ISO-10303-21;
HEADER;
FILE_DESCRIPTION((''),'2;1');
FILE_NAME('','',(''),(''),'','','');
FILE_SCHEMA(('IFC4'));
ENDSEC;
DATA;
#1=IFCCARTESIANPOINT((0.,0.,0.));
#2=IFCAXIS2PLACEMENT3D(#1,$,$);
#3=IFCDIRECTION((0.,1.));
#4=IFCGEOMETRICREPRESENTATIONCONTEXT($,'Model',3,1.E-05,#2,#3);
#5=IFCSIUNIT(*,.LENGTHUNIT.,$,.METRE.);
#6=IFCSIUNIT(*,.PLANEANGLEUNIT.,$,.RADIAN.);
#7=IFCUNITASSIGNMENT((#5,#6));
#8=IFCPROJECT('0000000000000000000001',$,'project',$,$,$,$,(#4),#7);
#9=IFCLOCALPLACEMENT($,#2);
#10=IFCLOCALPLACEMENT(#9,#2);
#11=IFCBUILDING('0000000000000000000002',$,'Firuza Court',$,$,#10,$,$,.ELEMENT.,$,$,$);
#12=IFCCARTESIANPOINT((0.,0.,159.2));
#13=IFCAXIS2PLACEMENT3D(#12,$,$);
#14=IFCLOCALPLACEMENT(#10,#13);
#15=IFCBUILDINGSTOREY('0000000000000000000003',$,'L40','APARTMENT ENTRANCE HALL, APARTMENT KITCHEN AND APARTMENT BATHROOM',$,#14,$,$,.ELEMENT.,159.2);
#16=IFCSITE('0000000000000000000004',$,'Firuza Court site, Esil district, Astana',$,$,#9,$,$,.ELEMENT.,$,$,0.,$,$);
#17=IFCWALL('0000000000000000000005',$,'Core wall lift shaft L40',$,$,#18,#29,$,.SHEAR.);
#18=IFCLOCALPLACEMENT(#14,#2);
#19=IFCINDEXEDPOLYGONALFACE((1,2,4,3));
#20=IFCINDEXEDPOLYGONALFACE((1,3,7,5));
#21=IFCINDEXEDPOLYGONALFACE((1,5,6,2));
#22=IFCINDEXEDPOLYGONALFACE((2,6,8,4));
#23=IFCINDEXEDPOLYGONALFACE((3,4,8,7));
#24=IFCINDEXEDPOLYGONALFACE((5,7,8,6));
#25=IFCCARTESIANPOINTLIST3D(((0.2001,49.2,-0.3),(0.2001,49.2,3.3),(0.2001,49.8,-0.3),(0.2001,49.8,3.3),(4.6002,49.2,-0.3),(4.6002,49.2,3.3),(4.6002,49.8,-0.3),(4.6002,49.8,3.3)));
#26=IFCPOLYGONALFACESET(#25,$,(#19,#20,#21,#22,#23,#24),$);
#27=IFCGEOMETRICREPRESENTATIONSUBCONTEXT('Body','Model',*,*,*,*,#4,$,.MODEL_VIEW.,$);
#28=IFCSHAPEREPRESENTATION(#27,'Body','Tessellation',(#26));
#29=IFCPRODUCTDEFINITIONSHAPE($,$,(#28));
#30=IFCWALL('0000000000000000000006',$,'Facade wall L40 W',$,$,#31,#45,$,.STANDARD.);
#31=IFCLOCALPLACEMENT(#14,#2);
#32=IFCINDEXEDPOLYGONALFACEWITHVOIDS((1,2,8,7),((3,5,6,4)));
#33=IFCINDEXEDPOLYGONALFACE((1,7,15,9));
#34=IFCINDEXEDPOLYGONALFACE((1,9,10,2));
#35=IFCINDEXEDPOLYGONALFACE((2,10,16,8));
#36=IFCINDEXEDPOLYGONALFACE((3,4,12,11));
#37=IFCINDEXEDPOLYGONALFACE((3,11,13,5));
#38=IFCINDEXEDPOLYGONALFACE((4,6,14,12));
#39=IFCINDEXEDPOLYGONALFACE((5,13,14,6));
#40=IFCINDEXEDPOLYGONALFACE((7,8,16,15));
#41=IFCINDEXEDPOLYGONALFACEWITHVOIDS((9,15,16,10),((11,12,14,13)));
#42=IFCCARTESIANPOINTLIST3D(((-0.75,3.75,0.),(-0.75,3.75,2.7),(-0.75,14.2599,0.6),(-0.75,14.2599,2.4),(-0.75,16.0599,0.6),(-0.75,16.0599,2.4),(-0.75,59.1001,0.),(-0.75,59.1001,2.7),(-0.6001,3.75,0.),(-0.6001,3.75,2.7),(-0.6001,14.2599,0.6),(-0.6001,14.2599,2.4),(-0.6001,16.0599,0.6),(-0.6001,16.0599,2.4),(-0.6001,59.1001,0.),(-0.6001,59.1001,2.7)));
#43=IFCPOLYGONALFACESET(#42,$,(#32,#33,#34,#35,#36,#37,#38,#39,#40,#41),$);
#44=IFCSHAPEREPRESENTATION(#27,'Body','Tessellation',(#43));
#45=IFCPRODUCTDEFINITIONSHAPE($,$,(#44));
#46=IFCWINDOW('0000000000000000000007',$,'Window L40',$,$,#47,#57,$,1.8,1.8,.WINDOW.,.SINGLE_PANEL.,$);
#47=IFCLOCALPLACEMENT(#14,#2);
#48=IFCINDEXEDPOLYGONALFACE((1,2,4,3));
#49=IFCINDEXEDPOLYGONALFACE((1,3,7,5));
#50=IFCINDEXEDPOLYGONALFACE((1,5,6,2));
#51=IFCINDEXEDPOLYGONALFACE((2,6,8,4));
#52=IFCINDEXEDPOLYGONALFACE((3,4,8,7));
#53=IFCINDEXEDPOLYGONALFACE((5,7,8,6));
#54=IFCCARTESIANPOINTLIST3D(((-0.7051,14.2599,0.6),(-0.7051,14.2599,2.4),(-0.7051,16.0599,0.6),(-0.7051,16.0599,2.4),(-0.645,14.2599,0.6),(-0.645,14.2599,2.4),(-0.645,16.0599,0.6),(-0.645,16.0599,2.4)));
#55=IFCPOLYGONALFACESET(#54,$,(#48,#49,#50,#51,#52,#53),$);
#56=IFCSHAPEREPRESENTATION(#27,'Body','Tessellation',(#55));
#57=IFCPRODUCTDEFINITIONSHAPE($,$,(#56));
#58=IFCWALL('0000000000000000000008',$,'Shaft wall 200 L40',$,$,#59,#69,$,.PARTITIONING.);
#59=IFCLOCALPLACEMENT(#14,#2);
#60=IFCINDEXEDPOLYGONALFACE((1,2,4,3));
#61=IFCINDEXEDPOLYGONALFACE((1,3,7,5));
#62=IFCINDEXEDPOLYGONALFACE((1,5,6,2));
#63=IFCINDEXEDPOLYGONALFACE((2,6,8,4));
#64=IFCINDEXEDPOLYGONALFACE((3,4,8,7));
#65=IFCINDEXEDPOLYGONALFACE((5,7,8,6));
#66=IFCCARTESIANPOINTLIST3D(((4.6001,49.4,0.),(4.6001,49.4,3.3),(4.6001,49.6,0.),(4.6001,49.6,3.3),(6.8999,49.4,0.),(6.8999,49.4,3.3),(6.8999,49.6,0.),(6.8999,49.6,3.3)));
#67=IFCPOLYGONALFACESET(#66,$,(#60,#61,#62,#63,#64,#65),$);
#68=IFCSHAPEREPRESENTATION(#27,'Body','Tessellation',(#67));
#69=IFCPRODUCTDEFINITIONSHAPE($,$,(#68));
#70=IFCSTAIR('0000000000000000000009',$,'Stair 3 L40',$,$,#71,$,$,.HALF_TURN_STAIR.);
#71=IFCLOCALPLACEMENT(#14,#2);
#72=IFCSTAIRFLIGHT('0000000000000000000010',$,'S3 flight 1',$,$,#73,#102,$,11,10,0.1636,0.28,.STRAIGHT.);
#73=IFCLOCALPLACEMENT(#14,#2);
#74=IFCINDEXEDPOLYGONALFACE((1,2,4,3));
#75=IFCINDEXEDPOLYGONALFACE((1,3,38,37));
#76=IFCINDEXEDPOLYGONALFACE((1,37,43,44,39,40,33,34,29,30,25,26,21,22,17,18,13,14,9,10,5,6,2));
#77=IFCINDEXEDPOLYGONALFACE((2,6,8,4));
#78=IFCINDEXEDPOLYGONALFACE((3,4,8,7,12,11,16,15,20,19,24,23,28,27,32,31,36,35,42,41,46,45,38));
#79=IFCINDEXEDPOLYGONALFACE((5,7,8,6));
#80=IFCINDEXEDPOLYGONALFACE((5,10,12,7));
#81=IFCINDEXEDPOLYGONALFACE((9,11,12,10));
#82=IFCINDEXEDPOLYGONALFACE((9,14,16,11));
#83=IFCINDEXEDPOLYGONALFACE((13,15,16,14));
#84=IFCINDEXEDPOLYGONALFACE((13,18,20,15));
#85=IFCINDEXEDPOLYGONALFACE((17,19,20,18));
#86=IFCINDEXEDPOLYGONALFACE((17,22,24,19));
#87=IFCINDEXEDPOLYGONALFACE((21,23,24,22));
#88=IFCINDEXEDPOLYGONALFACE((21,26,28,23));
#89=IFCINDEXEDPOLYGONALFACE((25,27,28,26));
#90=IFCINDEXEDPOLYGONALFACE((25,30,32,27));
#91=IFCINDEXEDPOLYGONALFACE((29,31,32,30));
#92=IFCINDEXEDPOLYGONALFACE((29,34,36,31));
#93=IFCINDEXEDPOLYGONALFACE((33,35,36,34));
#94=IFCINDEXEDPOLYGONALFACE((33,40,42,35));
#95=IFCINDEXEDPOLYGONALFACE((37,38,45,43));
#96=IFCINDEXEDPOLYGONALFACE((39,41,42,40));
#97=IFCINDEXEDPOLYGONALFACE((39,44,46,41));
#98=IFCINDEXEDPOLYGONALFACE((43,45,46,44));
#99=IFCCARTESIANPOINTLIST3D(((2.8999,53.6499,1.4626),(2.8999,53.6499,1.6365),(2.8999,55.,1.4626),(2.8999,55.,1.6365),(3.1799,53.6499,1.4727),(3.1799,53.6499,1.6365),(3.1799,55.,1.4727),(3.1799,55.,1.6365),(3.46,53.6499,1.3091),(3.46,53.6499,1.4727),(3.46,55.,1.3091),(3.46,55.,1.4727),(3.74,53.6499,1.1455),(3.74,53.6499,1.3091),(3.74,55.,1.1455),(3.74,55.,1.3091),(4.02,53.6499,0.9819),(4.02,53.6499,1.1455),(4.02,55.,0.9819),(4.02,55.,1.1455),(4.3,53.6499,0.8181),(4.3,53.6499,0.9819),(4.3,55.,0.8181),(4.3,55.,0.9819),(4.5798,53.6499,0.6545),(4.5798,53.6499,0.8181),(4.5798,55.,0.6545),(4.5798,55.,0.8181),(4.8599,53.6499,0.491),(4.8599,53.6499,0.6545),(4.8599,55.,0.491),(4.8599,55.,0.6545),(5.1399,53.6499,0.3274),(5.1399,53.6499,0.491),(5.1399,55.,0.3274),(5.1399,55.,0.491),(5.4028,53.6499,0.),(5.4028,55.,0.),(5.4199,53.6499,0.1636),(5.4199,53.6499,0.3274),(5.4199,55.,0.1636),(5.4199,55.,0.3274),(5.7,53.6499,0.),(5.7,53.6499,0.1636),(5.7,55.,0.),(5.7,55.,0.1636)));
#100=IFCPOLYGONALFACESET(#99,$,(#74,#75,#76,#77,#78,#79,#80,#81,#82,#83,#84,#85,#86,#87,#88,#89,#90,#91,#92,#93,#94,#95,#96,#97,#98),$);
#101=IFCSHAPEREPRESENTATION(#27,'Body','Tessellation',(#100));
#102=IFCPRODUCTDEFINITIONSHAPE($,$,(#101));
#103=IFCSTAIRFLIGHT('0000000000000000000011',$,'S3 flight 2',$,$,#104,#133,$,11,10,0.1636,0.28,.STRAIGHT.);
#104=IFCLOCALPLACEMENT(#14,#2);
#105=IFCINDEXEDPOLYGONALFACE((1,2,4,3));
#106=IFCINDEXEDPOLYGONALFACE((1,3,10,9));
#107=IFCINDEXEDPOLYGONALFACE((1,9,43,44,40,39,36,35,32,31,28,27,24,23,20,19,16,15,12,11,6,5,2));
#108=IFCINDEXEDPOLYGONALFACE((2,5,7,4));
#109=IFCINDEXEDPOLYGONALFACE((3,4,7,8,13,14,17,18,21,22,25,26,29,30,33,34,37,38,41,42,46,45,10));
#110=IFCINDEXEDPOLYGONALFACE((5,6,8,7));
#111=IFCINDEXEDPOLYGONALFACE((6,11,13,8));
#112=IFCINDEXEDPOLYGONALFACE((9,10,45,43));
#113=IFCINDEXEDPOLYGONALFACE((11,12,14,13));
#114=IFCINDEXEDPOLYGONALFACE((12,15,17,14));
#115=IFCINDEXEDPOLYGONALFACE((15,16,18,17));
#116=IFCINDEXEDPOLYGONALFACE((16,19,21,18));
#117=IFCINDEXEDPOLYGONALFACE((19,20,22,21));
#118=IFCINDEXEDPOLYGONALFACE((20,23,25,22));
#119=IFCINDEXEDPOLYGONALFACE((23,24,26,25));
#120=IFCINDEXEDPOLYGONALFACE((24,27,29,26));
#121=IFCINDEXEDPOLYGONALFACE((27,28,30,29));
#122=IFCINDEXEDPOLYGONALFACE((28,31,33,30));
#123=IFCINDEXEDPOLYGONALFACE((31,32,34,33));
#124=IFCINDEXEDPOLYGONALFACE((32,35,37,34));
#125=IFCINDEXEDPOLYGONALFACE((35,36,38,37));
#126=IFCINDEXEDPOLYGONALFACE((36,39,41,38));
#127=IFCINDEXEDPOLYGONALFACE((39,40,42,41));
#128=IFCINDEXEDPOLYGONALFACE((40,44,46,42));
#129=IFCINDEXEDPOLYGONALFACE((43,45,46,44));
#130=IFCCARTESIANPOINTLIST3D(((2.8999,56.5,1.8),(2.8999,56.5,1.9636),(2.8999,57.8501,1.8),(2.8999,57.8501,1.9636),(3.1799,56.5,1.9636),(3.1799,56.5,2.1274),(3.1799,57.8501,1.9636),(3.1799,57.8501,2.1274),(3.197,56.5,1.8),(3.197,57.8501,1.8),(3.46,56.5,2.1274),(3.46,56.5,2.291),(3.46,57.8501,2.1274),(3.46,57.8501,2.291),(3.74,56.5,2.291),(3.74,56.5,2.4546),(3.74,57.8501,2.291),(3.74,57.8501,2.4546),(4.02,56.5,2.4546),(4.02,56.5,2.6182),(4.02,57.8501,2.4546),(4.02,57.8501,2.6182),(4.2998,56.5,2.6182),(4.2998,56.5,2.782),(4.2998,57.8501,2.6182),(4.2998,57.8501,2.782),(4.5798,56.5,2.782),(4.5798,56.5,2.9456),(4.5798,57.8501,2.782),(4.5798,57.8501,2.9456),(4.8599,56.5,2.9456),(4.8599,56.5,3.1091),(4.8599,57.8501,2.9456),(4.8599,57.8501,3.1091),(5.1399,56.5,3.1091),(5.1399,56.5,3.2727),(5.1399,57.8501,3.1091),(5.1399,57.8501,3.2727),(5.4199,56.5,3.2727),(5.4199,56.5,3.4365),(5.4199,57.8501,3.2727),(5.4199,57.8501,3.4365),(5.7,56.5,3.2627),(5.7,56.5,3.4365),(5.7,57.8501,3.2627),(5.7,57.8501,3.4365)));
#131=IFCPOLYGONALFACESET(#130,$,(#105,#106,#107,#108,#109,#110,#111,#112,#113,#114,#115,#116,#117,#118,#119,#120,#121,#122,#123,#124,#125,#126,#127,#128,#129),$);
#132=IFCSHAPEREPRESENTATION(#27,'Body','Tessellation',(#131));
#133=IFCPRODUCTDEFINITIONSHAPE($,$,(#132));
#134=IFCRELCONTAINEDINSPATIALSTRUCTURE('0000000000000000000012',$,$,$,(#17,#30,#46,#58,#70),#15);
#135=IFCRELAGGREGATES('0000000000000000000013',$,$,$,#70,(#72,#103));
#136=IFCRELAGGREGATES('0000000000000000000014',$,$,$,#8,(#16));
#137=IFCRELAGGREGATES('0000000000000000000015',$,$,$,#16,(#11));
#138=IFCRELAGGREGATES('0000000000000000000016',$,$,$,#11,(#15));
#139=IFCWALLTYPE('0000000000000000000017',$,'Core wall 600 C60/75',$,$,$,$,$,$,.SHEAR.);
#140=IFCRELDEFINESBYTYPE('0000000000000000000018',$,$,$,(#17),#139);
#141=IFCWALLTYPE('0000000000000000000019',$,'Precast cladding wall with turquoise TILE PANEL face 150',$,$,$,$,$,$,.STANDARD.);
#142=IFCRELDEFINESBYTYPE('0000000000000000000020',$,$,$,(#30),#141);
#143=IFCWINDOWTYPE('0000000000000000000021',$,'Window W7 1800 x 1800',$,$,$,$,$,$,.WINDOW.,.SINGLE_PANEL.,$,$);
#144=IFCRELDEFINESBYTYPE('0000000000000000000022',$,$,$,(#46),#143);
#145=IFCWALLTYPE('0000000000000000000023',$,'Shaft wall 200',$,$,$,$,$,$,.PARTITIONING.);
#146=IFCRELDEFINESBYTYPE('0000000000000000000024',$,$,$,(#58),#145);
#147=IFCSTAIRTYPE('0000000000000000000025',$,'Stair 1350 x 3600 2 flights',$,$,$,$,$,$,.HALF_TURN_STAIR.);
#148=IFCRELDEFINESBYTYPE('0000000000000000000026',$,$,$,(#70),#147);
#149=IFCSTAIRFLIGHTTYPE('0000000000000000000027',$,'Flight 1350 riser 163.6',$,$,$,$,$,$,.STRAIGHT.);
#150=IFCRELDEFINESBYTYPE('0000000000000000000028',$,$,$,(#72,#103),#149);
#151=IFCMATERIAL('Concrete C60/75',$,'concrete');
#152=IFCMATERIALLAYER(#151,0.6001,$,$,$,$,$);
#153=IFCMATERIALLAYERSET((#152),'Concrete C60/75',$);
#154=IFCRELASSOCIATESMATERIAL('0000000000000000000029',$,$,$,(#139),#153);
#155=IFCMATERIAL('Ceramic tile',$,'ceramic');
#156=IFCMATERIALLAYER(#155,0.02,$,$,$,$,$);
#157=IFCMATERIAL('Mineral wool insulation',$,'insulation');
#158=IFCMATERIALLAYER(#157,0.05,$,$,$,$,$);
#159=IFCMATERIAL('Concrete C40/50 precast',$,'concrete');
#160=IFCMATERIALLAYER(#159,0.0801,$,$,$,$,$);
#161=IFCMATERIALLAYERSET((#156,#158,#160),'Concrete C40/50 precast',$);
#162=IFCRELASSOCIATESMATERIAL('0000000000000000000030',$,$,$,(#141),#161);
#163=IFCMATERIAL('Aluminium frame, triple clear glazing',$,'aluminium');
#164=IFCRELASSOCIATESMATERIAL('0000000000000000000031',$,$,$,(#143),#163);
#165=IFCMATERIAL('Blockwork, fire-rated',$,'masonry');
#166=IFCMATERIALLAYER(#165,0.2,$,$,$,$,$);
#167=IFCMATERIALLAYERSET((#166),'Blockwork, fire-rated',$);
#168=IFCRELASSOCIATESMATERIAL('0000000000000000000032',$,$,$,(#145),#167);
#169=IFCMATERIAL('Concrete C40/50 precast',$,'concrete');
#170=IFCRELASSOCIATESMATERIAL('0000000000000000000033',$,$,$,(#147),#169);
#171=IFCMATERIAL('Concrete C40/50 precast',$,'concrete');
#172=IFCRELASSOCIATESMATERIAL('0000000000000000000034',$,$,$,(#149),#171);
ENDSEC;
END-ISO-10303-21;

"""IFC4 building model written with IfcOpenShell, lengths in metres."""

from ifc_helpers import new_model, si_unit, direction, frame, frame_2d, origin, place, context, subcontext, project, spatial, polyline, rectangle, outline, extrude, material, layer, layer_set, type_object, element, fill, aggregate, save


model = new_model("IFC4")

# Units and contexts
model_context = context("Model", 3, precision=1e-05, world=origin(), true_north=direction((0.0, 1.0)))
body_context = subcontext(model_context, "Body", "Model", "MODEL_VIEW")
ifc_project = project(units=[si_unit("LENGTHUNIT", "METRE"), si_unit("PLANEANGLEUNIT", "RADIAN")], contexts=[model_context])

# Site, building, storey
site_placement = place(None, origin())
site = spatial("IfcSite", under=ifc_project, at=site_placement, Name="Firuza Court site, Esil district, Astana", CompositionType="ELEMENT", RefElevation=0.0)
building_placement = place(site_placement, origin())
building = spatial("IfcBuilding", under=site, at=building_placement, Name="Firuza Court", CompositionType="ELEMENT")
storey_placement = place(building_placement, frame((0.0, 0.0, 159.2)))
storey = spatial("IfcBuildingStorey", under=building, at=storey_placement, Name="L40", Description="APARTMENT ENTRANCE HALL, APARTMENT KITCHEN AND APARTMENT BATHROOM", CompositionType="ELEMENT", Elevation=159.2)

# Shared definitions
ifc_material_1 = material(Name="Concrete C60/75", Category="concrete")

# Wall
ifc_layer_1 = layer(ifc_material_1, 0.6001)
ifc_layer_set_1 = layer_set([ifc_layer_1], Name="Concrete C60/75")
wall_type_1 = type_object("IfcWallType", Name="Core wall 600 C60/75", PredefinedType="SHEAR", material=ifc_layer_set_1)
wall_1_placement = place(storey_placement, frame((0.2, 49.5, -0.3), z_axis=(0.0, 0.0, 1.0), x_axis=(1.0, 0.0, 0.0)))
element("IfcWall", 1, at=wall_1_placement, inside=storey, type_object=wall_type_1, Name="Core wall lift shaft L40", PredefinedType="SHEAR", context=body_context, shape_type="SweptSolid", body=[
    extrude(rectangle(XDim=4.4001, YDim=0.6001, at=frame_2d((2.2002, 0.0))), origin(), (0.0, 0.0, 1.0), 3.6001),
])

# Wall, opening, window
ifc_material_2 = material(Name="Ceramic tile", Category="ceramic")
ifc_layer_2 = layer(ifc_material_2, 0.02)
ifc_material_3 = material(Name="Mineral wool insulation", Category="insulation")
ifc_layer_3 = layer(ifc_material_3, 0.05)
ifc_material_4 = material(Name="Concrete C40/50 precast", Category="concrete")
ifc_layer_4 = layer(ifc_material_4, 0.0801)
ifc_layer_set_2 = layer_set([ifc_layer_2, ifc_layer_3, ifc_layer_4], Name="Concrete C40/50 precast")
wall_type_2 = type_object("IfcWallType", Name="Precast cladding wall with turquoise TILE PANEL face 150", PredefinedType="STANDARD", material=ifc_layer_set_2)
wall_2_placement = place(storey_placement, frame((-0.675, 59.1001, 0.0), z_axis=(0.0, 0.0, 1.0), x_axis=(0.0, -1.0, 0.0)))
wall_2 = element("IfcWall", 2, at=wall_2_placement, inside=storey, type_object=wall_type_2, Name="Facade wall L40 W", PredefinedType="STANDARD", context=body_context, shape_type="SweptSolid", body=[
    extrude(rectangle(XDim=55.3501, YDim=0.1499, at=frame_2d((27.675, 0.0))), origin(), (0.0, 0.0, 1.0), 2.7),
])
opening_1_placement = place(wall_2_placement, frame((43.0403, 0.0, 0.6001)))
opening_1 = element("IfcOpeningElement", 3, at=opening_1_placement, cuts=wall_2, PredefinedType="OPENING", context=body_context, shape_type="SweptSolid", body=[
    extrude(rectangle(XDim=1.8, YDim=1.8, at=frame_2d((0.8999, 0.8999))), frame((0.0, 0.0869, 0.0), z_axis=(0.0, -1.0, 0.0), x_axis=(1.0, 0.0, 0.0)), (0.0, 0.0, 1.0), 0.1738),
])
ifc_material_5 = material(Name="Aluminium frame, triple clear glazing", Category="aluminium")
window_type = type_object("IfcWindowType", Name="Window W7 1800 x 1800", PartitioningType="SINGLE_PANEL", PredefinedType="WINDOW", material=ifc_material_5)
window_placement = place(opening_1_placement, origin())
window = element("IfcWindow", 4, at=window_placement, inside=storey, type_object=window_type, Name="Window L40", OverallHeight=1.8, OverallWidth=1.8, PartitioningType="SINGLE_PANEL", PredefinedType="WINDOW", context=body_context, shape_type="SweptSolid", body=[
    extrude(rectangle(XDim=1.8, YDim=1.8, at=frame_2d((0.8999, 0.8999))), frame((0.0, 0.03, 0.0), z_axis=(0.0, -1.0, 0.0), x_axis=(1.0, 0.0, 0.0)), (0.0, 0.0, 1.0), 0.0601),
])
fill(opening_1, window)

# Wall
ifc_material_6 = material(Name="Blockwork, fire-rated", Category="masonry")
ifc_layer_5 = layer(ifc_material_6, 0.2)
ifc_layer_set_3 = layer_set([ifc_layer_5], Name="Blockwork, fire-rated")
wall_type_3 = type_object("IfcWallType", Name="Shaft wall 200", PredefinedType="PARTITIONING", material=ifc_layer_set_3)
wall_3_placement = place(storey_placement, frame((4.6001, 49.5, 0.0), z_axis=(0.0, 0.0, 1.0), x_axis=(1.0, 0.0, 0.0)))
element("IfcWall", 5, at=wall_3_placement, inside=storey, type_object=wall_type_3, Name="Shaft wall 200 L40", PredefinedType="PARTITIONING", context=body_context, shape_type="SweptSolid", body=[
    extrude(rectangle(XDim=2.2998, YDim=0.2, at=frame_2d((1.1499, 0.0))), origin(), (0.0, 0.0, 1.0), 3.3),
])

# Stair, stair flights
ifc_material_7 = material(Name="Concrete C40/50 precast", Category="concrete")
stair_type = type_object("IfcStairType", Name="Stair 1350 x 3600 2 flights", PredefinedType="HALF_TURN_STAIR", material=ifc_material_7)
stair_placement = place(storey_placement, origin())
stair = element("IfcStair", 6, at=stair_placement, inside=storey, type_object=stair_type, Name="Stair 3 L40", PredefinedType="HALF_TURN_STAIR")
ifc_material_8 = material(Name="Concrete C40/50 precast", Category="concrete")
stair_flight_type = type_object("IfcStairFlightType", Name="Flight 1350 riser 163.6", PredefinedType="STRAIGHT", material=ifc_material_8)
stair_flight_1_placement = place(storey_placement, frame((5.7, 54.325, 0.0), z_axis=(0.0, 0.0, 1.0), x_axis=(-1.0, 0.0, 0.0)))
stair_flight_1 = element("IfcStairFlight", 7, at=stair_flight_1_placement, type_object=stair_flight_type, Name="S3 flight 1", NumberOfRisers=11, NumberOfTreads=10, PredefinedType="STRAIGHT", RiserHeight=0.1636, TreadLength=0.28, context=body_context, shape_type="SweptSolid", body=[
    extrude(outline(polyline([(0.0, 0.0), (0.0, 0.1636), (0.28, 0.1636), (0.28, 0.3274), (0.5601, 0.3274), (0.5601, 0.491), (0.8401, 0.491), (0.8401, 0.6545), (1.1201, 0.6545), (1.1201, 0.8181), (1.3999, 0.8181), (1.3999, 0.9819), (1.6799, 0.9819), (1.6799, 1.1455), (1.96, 1.1455), (1.96, 1.3091), (2.24, 1.3091), (2.24, 1.4727), (2.52, 1.4727), (2.52, 1.6365), (2.8, 1.6365), (2.8, 1.8), (2.8, 1.4626), (0.2971, 0.0), (0.0, 0.0)])), frame((0.0, 0.675, 0.0), z_axis=(0.0, -1.0, 0.0), x_axis=(1.0, 0.0, 0.0)), (0.0, 0.0, 1.0), 1.3501),
])
stair_flight_2_placement = place(storey_placement, frame((2.8999, 57.175, 1.8), z_axis=(0.0, 0.0, 1.0), x_axis=(1.0, 0.0, 0.0)))
stair_flight_2 = element("IfcStairFlight", 8, at=stair_flight_2_placement, type_object=stair_flight_type, Name="S3 flight 2", NumberOfRisers=11, NumberOfTreads=10, PredefinedType="STRAIGHT", RiserHeight=0.1636, TreadLength=0.28, context=body_context, shape_type="SweptSolid", body=[
    extrude(outline(polyline([(0.0, 0.0), (0.0, 0.1636), (0.28, 0.1636), (0.28, 0.3274), (0.5601, 0.3274), (0.5601, 0.491), (0.8401, 0.491), (0.8401, 0.6545), (1.1201, 0.6545), (1.1201, 0.8181), (1.3999, 0.8181), (1.3999, 0.9819), (1.6799, 0.9819), (1.6799, 1.1455), (1.96, 1.1455), (1.96, 1.3091), (2.24, 1.3091), (2.24, 1.4727), (2.52, 1.4727), (2.52, 1.6365), (2.8, 1.6365), (2.8, 1.8), (2.8, 1.4626), (0.2971, 0.0), (0.0, 0.0)])), frame((0.0, 0.675, 0.0), z_axis=(0.0, -1.0, 0.0), x_axis=(1.0, 0.0, 0.0)), (0.0, 0.0, 1.0), 1.3501),
])
aggregate(stair, [stair_flight_1, stair_flight_2])

save(model, "model.ifc")
